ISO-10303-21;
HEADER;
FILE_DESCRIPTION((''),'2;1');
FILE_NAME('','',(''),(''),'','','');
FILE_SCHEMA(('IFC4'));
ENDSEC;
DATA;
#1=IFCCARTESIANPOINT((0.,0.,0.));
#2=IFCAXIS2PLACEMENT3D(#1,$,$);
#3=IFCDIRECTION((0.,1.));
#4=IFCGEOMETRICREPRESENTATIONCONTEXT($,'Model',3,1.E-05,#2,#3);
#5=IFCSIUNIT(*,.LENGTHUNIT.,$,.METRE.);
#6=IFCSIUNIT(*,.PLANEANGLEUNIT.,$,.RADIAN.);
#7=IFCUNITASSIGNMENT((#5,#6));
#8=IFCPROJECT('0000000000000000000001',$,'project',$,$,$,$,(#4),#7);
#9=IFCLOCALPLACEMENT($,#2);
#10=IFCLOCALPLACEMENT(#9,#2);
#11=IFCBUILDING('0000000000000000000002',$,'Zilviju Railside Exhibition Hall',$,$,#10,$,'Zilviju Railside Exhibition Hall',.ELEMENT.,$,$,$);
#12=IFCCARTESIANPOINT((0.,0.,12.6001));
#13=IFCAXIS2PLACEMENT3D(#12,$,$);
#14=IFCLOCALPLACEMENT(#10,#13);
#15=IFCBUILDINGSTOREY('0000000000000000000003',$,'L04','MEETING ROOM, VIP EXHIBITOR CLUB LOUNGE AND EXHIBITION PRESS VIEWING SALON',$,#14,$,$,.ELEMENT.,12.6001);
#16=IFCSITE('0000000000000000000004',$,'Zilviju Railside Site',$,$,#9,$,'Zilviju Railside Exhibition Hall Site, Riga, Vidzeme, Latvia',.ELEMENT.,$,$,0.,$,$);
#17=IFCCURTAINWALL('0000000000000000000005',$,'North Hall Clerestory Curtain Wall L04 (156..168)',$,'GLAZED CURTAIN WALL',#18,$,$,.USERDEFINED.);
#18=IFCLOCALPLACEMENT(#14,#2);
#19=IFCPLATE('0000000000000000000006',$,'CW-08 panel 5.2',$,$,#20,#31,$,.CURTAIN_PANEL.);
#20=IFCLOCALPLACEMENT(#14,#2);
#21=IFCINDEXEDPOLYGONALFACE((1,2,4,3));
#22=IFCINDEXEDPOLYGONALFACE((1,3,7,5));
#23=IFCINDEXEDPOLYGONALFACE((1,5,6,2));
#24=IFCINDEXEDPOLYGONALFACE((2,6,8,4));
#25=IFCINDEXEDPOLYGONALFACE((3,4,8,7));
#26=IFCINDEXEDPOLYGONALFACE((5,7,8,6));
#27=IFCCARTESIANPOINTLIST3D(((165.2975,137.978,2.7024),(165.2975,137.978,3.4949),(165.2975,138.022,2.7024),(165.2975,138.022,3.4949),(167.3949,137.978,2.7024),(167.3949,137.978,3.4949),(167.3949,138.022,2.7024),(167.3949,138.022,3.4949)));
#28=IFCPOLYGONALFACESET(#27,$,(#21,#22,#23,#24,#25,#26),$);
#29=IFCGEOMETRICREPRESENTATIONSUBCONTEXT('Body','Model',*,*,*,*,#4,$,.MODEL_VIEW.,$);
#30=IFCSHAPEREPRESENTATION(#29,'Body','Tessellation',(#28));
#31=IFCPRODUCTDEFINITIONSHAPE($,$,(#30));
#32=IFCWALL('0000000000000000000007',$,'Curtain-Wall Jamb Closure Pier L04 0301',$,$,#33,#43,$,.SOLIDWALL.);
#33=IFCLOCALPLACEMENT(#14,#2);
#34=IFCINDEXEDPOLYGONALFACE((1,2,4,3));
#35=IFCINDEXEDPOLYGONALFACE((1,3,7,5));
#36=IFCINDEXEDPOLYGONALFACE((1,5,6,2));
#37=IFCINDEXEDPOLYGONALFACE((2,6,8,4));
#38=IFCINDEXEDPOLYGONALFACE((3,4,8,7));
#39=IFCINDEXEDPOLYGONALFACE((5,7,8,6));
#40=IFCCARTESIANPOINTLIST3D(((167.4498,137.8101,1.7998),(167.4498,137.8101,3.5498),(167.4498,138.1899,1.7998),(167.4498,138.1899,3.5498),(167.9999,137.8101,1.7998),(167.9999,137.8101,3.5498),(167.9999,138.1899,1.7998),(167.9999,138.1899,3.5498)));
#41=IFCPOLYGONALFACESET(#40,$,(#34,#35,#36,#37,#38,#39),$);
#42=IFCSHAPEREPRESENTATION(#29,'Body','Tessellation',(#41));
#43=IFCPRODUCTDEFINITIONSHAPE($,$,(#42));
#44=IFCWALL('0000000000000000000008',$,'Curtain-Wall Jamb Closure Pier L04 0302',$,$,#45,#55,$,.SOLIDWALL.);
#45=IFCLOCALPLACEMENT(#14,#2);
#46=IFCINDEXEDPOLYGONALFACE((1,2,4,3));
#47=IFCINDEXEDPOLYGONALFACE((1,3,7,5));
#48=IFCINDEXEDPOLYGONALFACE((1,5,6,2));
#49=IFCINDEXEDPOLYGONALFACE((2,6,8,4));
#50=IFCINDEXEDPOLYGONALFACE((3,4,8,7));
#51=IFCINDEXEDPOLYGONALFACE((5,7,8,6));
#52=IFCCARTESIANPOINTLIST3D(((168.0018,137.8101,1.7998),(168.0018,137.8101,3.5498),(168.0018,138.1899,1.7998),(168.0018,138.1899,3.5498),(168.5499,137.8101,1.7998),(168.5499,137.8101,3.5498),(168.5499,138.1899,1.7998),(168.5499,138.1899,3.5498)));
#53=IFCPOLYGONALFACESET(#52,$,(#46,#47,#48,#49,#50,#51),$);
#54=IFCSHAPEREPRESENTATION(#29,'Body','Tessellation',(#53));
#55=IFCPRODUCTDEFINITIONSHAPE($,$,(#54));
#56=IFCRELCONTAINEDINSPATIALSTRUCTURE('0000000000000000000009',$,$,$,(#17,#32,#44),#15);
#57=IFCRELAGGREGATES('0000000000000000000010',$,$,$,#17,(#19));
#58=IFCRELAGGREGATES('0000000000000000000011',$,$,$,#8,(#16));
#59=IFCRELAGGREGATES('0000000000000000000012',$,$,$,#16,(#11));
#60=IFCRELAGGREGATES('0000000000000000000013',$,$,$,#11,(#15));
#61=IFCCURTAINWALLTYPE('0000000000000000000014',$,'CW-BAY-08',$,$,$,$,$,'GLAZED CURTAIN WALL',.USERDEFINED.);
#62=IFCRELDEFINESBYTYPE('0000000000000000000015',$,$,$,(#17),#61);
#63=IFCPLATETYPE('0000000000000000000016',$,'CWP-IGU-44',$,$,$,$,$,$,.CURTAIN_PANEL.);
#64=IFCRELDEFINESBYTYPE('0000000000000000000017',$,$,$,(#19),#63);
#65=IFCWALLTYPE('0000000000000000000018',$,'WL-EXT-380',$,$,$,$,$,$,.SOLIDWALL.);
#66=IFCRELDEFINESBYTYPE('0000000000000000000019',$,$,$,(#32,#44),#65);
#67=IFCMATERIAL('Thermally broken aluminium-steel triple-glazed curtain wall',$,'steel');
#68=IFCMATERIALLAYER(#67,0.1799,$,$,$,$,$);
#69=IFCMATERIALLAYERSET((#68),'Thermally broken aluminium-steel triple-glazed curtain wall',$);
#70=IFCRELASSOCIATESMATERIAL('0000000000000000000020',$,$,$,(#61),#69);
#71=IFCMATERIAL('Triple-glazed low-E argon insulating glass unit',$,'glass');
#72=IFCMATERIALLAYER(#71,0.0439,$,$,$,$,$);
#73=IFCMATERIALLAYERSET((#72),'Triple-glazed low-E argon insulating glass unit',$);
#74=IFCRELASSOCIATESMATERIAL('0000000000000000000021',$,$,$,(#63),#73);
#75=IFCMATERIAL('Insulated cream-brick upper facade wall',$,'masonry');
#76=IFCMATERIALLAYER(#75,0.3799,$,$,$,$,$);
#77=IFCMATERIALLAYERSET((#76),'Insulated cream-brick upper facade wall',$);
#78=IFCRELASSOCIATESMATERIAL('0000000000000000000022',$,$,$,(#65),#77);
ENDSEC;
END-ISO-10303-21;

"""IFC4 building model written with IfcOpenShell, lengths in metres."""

from ifc_helpers import new_model, si_unit, direction, frame, frame_2d, origin, origin_2d, place, context, subcontext, project, spatial, rectangle, extrude, material, layer, layer_set, type_object, element, aggregate, save


model = new_model("IFC4")

# Units and contexts
model_context = context("Model", 3, precision=1e-05, world=origin(), true_north=direction((0.0, 1.0)))
body_context = subcontext(model_context, "Body", "Model", "MODEL_VIEW")
ifc_project = project(units=[si_unit("LENGTHUNIT", "METRE"), si_unit("PLANEANGLEUNIT", "RADIAN")], contexts=[model_context])

# Site, building, storey
site_placement = place(None, origin())
site = spatial("IfcSite", under=ifc_project, at=site_placement, Name="Zilviju Railside Site", LongName="Zilviju Railside Exhibition Hall Site, Riga, Vidzeme, Latvia", CompositionType="ELEMENT", RefElevation=0.0)
building_placement = place(site_placement, origin())
building = spatial("IfcBuilding", under=site, at=building_placement, Name="Zilviju Railside Exhibition Hall", LongName="Zilviju Railside Exhibition Hall", CompositionType="ELEMENT")
storey_placement = place(building_placement, frame((0.0, 0.0, 12.6001)))
storey = spatial("IfcBuildingStorey", under=building, at=storey_placement, Name="L04", Description="MEETING ROOM, VIP EXHIBITOR CLUB LOUNGE AND EXHIBITION PRESS VIEWING SALON", CompositionType="ELEMENT", Elevation=12.6001)

# Curtain wall, plate
ifc_material_1 = material(Name="Thermally broken aluminium-steel triple-glazed curtain wall", Category="steel")
ifc_layer_1 = layer(ifc_material_1, 0.1799)
ifc_layer_set_1 = layer_set([ifc_layer_1], Name="Thermally broken aluminium-steel triple-glazed curtain wall")
curtain_wall_type = type_object("IfcCurtainWallType", Name="CW-BAY-08", ElementType="GLAZED CURTAIN WALL", PredefinedType="USERDEFINED", material=ifc_layer_set_1)
curtain_wall_placement = place(storey_placement, origin())
curtain_wall = element("IfcCurtainWall", 1, at=curtain_wall_placement, inside=storey, type_object=curtain_wall_type, Name="North Hall Clerestory Curtain Wall L04 (156..168)", ObjectType="GLAZED CURTAIN WALL", PredefinedType="USERDEFINED")
ifc_material_2 = material(Name="Triple-glazed low-E argon insulating glass unit", Category="glass")
ifc_layer_2 = layer(ifc_material_2, 0.0439)
ifc_layer_set_2 = layer_set([ifc_layer_2], Name="Triple-glazed low-E argon insulating glass unit")
plate_type = type_object("IfcPlateType", Name="CWP-IGU-44", PredefinedType="CURTAIN_PANEL", material=ifc_layer_set_2)
plate_1_placement = place(storey_placement, frame((166.3462, 138.0, 2.7024), z_axis=(0.0, 0.0, 1.0), x_axis=(1.0, 0.0, 0.0)))
plate_1 = element("IfcPlate", 2, at=plate_1_placement, type_object=plate_type, Name="CW-08 panel 5.2", PredefinedType="CURTAIN_PANEL", context=body_context, shape_type="SweptSolid", body=[
    extrude(rectangle(XDim=2.0974, YDim=0.0439, at=origin_2d()), origin(), (0.0, 0.0, 1.0), 0.7925),
])
aggregate(curtain_wall, [plate_1])

# Walls
ifc_material_3 = material(Name="Insulated cream-brick upper facade wall", Category="masonry")
ifc_layer_3 = layer(ifc_material_3, 0.3799)
ifc_layer_set_3 = layer_set([ifc_layer_3], Name="Insulated cream-brick upper facade wall")
wall_type = type_object("IfcWallType", Name="WL-EXT-380", PredefinedType="SOLIDWALL", material=ifc_layer_set_3)
wall_1_placement = place(storey_placement, frame((167.45, 138.0, 1.7998), z_axis=(0.0, 0.0, 1.0), x_axis=(1.0, 0.0, 0.0)))
element("IfcWall", 3, at=wall_1_placement, inside=storey, type_object=wall_type, Name="Curtain-Wall Jamb Closure Pier L04 0301", PredefinedType="SOLIDWALL", context=body_context, shape_type="SweptSolid", body=[
    extrude(rectangle(XDim=0.55, YDim=0.3799, at=frame_2d((0.2749, 0.0))), origin(), (0.0, 0.0, 1.0), 1.75),
])
wall_2_placement = place(storey_placement, frame((168.002, 138.0, 1.7998), z_axis=(0.0, 0.0, 1.0), x_axis=(1.0, 0.0, 0.0)))
element("IfcWall", 4, at=wall_2_placement, inside=storey, type_object=wall_type, Name="Curtain-Wall Jamb Closure Pier L04 0302", PredefinedType="SOLIDWALL", context=body_context, shape_type="SweptSolid", body=[
    extrude(rectangle(XDim=0.5481, YDim=0.3799, at=frame_2d((0.2739, 0.0))), origin(), (0.0, 0.0, 1.0), 1.75),
])

save(model, "model.ifc")
